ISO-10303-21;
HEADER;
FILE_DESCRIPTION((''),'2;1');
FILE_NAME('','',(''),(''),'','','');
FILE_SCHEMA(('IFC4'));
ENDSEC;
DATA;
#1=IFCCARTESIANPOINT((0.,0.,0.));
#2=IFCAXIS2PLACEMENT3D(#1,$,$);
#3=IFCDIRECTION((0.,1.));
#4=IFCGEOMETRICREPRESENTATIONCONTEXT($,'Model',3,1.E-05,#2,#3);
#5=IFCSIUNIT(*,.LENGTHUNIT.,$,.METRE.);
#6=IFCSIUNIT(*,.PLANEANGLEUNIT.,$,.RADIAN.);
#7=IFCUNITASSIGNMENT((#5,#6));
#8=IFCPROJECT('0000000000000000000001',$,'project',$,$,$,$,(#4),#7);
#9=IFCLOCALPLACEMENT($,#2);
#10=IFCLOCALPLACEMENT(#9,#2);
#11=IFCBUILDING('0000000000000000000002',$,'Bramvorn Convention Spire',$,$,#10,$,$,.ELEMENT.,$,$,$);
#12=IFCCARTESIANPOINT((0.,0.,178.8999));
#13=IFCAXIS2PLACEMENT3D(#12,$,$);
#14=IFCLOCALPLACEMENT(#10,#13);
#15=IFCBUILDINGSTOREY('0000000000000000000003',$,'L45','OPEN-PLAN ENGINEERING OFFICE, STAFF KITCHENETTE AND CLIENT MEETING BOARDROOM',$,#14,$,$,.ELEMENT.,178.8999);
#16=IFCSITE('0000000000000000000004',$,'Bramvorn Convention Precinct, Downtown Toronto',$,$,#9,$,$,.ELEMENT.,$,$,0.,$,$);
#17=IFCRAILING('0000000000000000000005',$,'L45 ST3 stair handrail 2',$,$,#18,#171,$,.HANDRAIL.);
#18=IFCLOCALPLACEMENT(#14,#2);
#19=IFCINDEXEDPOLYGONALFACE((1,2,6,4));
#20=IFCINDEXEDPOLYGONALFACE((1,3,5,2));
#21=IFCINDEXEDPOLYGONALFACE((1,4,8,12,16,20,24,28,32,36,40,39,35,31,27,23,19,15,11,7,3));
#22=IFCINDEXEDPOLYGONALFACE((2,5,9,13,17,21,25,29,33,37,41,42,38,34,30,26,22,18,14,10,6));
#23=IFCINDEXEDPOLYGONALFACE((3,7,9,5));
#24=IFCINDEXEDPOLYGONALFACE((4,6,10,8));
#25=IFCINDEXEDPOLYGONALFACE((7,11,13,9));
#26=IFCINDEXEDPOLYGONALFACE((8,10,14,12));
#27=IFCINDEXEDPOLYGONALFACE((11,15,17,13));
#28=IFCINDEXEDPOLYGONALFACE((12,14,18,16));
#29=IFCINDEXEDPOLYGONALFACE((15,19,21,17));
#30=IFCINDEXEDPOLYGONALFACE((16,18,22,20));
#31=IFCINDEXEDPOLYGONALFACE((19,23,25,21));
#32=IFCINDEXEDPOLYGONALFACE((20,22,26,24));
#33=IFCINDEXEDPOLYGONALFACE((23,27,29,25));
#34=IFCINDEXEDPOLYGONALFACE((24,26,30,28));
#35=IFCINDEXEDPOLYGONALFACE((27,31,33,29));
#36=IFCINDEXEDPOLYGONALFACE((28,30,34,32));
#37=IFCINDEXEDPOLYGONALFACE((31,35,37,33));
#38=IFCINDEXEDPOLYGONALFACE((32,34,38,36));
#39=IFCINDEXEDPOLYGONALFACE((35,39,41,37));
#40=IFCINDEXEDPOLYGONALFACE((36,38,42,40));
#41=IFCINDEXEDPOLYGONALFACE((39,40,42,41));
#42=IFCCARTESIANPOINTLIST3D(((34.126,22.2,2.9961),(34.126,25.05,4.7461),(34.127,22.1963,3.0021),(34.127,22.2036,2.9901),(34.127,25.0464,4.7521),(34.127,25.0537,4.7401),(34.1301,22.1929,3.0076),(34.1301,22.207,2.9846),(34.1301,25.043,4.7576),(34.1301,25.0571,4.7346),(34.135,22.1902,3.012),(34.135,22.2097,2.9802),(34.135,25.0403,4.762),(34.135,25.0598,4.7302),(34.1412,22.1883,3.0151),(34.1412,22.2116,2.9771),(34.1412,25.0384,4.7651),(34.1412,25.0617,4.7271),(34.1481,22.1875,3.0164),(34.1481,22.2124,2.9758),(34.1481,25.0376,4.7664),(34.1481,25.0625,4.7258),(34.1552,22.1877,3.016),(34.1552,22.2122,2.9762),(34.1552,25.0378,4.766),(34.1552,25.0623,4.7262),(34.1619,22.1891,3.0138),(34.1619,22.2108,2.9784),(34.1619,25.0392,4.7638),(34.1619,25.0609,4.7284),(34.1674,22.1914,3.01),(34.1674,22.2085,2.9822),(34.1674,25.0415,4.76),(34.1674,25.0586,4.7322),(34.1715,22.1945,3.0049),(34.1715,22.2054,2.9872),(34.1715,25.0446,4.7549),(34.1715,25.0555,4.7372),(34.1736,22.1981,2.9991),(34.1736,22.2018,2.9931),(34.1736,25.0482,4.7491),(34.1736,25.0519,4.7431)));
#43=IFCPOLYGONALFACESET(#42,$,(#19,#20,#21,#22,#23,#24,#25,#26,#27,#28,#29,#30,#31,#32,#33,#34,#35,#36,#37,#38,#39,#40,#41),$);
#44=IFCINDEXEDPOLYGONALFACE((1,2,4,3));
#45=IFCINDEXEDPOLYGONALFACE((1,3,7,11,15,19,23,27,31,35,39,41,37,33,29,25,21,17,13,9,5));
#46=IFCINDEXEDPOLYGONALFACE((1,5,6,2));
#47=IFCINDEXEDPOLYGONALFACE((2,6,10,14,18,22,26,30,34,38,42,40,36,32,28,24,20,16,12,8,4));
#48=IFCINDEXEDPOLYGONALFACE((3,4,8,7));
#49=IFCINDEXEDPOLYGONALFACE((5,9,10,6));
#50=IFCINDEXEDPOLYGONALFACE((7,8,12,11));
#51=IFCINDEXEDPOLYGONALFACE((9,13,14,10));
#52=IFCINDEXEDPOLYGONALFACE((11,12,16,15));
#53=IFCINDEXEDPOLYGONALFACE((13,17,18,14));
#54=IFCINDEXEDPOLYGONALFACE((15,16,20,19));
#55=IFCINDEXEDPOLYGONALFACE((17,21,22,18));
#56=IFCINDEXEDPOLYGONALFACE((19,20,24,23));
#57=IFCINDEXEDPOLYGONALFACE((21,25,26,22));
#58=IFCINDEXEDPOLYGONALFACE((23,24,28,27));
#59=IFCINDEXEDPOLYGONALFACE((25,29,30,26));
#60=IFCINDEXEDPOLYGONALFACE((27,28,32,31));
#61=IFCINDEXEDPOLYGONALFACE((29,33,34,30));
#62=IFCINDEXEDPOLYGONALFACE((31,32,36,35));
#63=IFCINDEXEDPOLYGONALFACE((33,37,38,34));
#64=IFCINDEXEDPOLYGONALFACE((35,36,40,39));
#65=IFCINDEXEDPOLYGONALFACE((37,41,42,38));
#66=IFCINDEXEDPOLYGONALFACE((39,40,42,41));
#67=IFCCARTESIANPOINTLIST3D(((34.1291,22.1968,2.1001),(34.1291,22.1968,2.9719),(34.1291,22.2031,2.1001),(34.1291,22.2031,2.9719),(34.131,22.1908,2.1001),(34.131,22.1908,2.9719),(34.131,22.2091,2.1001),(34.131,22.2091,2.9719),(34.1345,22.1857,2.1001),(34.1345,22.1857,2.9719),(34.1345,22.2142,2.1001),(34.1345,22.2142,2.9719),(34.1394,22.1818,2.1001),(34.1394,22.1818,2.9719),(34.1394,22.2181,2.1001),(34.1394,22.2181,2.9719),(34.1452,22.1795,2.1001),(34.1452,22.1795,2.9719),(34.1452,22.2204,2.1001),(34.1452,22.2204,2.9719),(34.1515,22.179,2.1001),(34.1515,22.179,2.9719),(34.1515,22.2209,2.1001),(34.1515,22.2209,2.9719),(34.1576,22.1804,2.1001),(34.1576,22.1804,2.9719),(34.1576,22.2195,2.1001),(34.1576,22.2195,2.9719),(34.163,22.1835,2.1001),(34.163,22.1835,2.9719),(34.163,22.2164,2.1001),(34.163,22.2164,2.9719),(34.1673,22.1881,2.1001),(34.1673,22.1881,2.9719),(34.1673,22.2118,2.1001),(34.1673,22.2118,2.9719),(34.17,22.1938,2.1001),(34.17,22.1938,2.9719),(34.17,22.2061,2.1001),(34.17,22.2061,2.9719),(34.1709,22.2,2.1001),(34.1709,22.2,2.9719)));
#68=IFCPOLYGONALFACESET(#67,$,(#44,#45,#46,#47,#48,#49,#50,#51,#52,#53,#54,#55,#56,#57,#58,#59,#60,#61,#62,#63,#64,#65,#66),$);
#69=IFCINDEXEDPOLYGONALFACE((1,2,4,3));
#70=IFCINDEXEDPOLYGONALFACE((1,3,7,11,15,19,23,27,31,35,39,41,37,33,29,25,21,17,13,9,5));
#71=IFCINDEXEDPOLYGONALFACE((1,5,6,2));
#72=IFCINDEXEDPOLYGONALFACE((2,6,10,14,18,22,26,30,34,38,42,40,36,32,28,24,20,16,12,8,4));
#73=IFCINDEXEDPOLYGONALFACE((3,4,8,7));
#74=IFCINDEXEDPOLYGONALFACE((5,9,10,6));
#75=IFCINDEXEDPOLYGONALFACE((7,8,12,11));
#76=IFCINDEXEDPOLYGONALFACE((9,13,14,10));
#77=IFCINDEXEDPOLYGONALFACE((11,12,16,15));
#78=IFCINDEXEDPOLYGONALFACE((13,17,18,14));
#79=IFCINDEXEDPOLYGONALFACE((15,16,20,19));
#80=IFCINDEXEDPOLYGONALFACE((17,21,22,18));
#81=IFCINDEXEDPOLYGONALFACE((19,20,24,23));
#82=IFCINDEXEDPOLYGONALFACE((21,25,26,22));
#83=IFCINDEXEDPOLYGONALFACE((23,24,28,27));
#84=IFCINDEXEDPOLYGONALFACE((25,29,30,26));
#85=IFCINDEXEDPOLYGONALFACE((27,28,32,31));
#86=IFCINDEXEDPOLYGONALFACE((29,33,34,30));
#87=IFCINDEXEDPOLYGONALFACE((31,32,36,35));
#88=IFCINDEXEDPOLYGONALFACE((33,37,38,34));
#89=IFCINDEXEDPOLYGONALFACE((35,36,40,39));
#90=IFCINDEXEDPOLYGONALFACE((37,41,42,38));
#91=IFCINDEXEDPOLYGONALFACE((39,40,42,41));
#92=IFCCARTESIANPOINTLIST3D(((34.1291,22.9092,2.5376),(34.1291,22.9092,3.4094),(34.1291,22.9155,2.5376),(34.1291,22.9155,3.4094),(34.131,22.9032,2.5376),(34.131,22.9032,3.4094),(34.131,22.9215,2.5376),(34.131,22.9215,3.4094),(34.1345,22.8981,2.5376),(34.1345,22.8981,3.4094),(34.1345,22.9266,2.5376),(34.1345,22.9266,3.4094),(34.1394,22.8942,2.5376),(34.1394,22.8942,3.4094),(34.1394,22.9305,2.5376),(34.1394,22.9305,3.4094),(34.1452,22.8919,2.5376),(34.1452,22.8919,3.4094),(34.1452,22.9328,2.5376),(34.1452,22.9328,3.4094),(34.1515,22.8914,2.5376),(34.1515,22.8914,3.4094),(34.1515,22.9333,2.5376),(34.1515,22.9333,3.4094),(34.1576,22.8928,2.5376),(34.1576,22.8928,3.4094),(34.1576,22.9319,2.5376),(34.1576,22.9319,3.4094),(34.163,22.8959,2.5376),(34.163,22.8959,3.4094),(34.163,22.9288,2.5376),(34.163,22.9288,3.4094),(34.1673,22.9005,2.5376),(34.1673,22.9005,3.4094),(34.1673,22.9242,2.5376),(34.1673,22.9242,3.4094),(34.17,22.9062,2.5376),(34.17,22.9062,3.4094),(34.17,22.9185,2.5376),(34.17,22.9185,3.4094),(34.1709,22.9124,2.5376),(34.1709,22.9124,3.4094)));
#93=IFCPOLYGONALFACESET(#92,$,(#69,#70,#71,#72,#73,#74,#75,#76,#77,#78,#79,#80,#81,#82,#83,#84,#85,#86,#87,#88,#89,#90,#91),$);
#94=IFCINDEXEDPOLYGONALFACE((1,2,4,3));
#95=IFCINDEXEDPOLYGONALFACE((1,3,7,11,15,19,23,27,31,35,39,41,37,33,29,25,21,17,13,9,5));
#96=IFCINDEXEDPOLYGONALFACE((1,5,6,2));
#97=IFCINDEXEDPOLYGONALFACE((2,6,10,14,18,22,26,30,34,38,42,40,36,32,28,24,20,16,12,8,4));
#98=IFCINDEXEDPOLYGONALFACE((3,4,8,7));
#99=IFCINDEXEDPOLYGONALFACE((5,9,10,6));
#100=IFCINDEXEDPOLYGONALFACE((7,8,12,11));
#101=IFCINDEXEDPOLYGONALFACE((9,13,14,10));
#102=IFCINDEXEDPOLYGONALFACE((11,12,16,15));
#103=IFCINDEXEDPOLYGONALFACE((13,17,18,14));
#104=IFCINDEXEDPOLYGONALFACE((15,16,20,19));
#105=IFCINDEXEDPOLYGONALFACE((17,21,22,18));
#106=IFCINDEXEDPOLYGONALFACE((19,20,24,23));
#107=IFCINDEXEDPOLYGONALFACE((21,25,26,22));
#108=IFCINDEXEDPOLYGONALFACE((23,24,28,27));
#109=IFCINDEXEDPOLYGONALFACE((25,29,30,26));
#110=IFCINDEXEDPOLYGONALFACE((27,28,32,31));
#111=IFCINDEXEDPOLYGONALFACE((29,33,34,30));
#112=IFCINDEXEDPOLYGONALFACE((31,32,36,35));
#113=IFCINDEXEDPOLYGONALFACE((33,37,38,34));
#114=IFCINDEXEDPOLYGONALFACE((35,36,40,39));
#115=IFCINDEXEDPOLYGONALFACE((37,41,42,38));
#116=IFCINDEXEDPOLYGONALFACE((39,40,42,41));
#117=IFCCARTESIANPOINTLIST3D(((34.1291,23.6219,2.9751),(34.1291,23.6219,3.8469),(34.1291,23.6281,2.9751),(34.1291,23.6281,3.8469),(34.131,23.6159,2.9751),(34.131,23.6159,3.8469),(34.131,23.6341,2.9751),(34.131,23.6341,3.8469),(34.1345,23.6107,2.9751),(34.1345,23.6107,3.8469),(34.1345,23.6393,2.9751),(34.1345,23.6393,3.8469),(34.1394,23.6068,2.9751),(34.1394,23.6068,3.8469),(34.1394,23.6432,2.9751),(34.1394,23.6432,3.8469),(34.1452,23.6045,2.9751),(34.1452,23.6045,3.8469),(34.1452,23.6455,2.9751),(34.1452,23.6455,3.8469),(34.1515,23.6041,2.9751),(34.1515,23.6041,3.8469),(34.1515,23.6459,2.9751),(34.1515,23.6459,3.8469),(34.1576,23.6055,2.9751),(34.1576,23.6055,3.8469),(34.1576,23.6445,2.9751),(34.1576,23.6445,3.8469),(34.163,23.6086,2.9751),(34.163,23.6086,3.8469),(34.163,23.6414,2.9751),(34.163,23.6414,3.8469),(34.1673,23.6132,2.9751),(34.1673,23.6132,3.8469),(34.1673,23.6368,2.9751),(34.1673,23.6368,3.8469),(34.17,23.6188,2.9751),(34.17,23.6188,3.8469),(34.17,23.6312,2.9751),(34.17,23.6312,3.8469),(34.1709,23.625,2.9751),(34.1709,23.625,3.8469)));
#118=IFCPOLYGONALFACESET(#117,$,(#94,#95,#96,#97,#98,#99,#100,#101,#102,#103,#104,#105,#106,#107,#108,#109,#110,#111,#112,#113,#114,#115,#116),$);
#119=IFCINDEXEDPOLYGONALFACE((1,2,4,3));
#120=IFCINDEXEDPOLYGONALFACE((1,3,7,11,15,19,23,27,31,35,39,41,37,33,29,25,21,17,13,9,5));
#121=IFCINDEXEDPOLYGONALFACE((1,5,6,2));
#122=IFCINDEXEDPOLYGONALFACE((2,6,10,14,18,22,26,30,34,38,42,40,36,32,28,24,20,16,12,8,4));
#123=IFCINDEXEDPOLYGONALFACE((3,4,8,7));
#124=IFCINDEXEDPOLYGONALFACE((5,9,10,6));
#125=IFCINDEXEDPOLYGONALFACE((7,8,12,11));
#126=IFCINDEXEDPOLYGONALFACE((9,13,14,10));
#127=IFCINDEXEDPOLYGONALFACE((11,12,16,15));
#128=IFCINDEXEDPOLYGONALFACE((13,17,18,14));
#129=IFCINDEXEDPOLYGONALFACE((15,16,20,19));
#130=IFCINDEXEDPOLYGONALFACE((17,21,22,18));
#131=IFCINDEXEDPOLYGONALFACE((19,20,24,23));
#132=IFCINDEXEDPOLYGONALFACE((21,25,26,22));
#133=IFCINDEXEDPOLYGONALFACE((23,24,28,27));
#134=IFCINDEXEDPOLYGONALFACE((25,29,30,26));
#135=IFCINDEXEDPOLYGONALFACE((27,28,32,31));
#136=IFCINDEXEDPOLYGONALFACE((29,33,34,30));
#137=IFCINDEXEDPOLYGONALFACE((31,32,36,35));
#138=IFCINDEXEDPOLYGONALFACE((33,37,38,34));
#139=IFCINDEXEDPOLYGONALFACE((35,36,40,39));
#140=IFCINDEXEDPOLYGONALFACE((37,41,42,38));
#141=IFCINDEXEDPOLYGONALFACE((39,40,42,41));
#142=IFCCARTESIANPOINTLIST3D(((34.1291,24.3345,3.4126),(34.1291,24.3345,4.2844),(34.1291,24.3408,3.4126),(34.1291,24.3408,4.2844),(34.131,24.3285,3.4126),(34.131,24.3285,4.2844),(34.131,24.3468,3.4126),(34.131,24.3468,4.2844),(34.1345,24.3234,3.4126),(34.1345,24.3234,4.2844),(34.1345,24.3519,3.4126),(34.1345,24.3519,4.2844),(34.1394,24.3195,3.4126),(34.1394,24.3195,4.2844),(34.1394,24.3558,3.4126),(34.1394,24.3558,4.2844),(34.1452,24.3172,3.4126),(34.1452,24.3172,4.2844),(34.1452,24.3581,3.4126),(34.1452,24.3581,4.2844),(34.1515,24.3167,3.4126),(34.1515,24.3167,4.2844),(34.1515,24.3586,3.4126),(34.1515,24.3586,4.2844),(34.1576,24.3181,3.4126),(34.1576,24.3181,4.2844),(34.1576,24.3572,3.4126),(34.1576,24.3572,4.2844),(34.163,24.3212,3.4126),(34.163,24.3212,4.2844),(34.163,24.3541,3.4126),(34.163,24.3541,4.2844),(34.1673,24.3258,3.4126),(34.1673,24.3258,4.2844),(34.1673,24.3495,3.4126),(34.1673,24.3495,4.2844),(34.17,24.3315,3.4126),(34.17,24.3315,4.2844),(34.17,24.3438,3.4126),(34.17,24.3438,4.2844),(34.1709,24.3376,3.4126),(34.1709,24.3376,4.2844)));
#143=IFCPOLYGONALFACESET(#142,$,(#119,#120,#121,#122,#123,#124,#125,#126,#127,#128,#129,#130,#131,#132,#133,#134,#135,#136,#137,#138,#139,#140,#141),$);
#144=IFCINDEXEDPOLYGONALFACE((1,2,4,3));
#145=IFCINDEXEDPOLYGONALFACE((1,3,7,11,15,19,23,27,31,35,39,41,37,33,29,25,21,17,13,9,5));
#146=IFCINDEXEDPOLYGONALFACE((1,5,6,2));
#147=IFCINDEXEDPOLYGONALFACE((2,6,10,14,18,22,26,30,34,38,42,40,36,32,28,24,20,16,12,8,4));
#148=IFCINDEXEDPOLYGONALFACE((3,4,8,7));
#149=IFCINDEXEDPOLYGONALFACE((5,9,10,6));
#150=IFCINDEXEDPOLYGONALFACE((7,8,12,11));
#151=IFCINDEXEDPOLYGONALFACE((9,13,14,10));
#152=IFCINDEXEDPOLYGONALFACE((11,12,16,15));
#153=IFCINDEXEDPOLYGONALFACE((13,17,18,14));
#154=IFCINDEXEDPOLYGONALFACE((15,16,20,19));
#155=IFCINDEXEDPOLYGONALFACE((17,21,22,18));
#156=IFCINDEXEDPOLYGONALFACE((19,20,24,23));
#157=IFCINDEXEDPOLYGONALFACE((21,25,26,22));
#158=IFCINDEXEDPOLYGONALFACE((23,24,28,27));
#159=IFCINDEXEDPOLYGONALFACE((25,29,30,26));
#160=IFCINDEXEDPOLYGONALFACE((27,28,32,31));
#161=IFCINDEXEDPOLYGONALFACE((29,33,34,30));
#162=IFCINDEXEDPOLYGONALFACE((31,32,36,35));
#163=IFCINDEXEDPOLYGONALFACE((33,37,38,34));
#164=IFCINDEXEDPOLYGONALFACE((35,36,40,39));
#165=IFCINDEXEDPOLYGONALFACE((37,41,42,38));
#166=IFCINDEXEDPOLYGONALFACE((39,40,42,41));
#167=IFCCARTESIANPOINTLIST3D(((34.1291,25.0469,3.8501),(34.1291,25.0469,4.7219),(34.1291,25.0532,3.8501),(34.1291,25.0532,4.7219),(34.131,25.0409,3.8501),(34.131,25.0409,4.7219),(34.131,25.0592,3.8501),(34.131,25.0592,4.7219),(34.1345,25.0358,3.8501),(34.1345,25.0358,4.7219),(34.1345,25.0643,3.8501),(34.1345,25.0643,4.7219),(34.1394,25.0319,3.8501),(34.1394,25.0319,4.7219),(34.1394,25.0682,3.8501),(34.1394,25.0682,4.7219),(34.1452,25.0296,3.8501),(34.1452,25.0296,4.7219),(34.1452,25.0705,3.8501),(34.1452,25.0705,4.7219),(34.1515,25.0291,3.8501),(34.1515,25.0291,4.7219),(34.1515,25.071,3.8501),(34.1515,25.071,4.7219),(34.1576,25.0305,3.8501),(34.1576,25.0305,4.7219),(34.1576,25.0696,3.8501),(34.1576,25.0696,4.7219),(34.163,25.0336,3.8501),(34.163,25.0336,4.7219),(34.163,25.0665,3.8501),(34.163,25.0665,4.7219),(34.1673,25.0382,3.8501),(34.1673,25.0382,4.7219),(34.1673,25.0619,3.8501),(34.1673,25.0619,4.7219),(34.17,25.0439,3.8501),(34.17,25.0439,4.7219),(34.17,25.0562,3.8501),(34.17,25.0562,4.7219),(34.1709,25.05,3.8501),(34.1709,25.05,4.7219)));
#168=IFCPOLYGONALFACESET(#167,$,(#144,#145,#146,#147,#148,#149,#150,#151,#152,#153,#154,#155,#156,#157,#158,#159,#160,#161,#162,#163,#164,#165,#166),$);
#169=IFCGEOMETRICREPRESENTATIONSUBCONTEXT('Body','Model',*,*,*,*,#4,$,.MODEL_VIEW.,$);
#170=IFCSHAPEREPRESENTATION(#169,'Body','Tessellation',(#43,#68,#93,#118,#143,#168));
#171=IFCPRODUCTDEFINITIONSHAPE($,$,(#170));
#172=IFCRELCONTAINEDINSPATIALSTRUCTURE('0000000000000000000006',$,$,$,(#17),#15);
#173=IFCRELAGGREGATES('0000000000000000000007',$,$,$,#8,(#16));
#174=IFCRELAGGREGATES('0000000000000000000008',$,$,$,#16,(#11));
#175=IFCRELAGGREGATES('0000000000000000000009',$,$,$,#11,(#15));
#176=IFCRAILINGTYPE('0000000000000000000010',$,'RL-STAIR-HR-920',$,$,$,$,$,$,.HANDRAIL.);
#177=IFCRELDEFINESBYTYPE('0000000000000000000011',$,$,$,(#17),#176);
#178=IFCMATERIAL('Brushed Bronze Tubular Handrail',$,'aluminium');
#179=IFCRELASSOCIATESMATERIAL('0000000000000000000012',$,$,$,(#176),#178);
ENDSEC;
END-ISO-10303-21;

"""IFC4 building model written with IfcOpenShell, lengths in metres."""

from ifc_helpers import new_model, si_unit, direction, frame, origin, origin_2d, place, context, subcontext, project, spatial, circle, extrude, material, type_object, element, save


model = new_model("IFC4")

# Units and contexts
model_context = context("Model", 3, precision=1e-05, world=origin(), true_north=direction((0.0, 1.0)))
body_context = subcontext(model_context, "Body", "Model", "MODEL_VIEW")
ifc_project = project(units=[si_unit("LENGTHUNIT", "METRE"), si_unit("PLANEANGLEUNIT", "RADIAN")], contexts=[model_context])

# Site, building, storey
site_placement = place(None, origin())
site = spatial("IfcSite", under=ifc_project, at=site_placement, Name="Bramvorn Convention Precinct, Downtown Toronto", CompositionType="ELEMENT", RefElevation=0.0)
building_placement = place(site_placement, origin())
building = spatial("IfcBuilding", under=site, at=building_placement, Name="Bramvorn Convention Spire", CompositionType="ELEMENT")
storey_placement = place(building_placement, frame((0.0, 0.0, 178.8999)))
storey = spatial("IfcBuildingStorey", under=building, at=storey_placement, Name="L45", Description="OPEN-PLAN ENGINEERING OFFICE, STAFF KITCHENETTE AND CLIENT MEETING BOARDROOM", CompositionType="ELEMENT", Elevation=178.8999)

# Railing
ifc_material_1 = material(Name="Brushed Bronze Tubular Handrail", Category="aluminium")
railing_type_1 = type_object("IfcRailingType", Name="RL-STAIR-HR-920", PredefinedType="HANDRAIL", material=ifc_material_1)
railing_1_placement = place(storey_placement, frame((34.1499, 22.2, 2.1001)))
element("IfcRailing", 1, at=railing_1_placement, inside=storey, type_object=railing_type_1, Name="L45 ST3 stair handrail 2", PredefinedType="HANDRAIL", context=body_context, shape_type="SweptSolid", body=[
    extrude(circle(Radius=0.0239, at=origin_2d()), frame((0.0, 0.0, 0.896), z_axis=(0.0, 0.852179, 0.52325), x_axis=(-1.0, 0.0, 0.0)), (0.0, 0.0, 1.0), 3.3445),
    extrude(circle(Radius=0.021, at=origin_2d()), origin(), (0.0, 0.0, 1.0), 0.8718),
    extrude(circle(Radius=0.021, at=origin_2d()), frame((0.0, 0.7124, 0.4375)), (0.0, 0.0, 1.0), 0.8718),
    extrude(circle(Radius=0.021, at=origin_2d()), frame((0.0, 1.425, 0.875)), (0.0, 0.0, 1.0), 0.8718),
    extrude(circle(Radius=0.021, at=origin_2d()), frame((0.0, 2.1377, 1.3125)), (0.0, 0.0, 1.0), 0.8718),
    extrude(circle(Radius=0.021, at=origin_2d()), frame((0.0, 2.8501, 1.75)), (0.0, 0.0, 1.0), 0.8718),
])

save(model, "model.ifc")
